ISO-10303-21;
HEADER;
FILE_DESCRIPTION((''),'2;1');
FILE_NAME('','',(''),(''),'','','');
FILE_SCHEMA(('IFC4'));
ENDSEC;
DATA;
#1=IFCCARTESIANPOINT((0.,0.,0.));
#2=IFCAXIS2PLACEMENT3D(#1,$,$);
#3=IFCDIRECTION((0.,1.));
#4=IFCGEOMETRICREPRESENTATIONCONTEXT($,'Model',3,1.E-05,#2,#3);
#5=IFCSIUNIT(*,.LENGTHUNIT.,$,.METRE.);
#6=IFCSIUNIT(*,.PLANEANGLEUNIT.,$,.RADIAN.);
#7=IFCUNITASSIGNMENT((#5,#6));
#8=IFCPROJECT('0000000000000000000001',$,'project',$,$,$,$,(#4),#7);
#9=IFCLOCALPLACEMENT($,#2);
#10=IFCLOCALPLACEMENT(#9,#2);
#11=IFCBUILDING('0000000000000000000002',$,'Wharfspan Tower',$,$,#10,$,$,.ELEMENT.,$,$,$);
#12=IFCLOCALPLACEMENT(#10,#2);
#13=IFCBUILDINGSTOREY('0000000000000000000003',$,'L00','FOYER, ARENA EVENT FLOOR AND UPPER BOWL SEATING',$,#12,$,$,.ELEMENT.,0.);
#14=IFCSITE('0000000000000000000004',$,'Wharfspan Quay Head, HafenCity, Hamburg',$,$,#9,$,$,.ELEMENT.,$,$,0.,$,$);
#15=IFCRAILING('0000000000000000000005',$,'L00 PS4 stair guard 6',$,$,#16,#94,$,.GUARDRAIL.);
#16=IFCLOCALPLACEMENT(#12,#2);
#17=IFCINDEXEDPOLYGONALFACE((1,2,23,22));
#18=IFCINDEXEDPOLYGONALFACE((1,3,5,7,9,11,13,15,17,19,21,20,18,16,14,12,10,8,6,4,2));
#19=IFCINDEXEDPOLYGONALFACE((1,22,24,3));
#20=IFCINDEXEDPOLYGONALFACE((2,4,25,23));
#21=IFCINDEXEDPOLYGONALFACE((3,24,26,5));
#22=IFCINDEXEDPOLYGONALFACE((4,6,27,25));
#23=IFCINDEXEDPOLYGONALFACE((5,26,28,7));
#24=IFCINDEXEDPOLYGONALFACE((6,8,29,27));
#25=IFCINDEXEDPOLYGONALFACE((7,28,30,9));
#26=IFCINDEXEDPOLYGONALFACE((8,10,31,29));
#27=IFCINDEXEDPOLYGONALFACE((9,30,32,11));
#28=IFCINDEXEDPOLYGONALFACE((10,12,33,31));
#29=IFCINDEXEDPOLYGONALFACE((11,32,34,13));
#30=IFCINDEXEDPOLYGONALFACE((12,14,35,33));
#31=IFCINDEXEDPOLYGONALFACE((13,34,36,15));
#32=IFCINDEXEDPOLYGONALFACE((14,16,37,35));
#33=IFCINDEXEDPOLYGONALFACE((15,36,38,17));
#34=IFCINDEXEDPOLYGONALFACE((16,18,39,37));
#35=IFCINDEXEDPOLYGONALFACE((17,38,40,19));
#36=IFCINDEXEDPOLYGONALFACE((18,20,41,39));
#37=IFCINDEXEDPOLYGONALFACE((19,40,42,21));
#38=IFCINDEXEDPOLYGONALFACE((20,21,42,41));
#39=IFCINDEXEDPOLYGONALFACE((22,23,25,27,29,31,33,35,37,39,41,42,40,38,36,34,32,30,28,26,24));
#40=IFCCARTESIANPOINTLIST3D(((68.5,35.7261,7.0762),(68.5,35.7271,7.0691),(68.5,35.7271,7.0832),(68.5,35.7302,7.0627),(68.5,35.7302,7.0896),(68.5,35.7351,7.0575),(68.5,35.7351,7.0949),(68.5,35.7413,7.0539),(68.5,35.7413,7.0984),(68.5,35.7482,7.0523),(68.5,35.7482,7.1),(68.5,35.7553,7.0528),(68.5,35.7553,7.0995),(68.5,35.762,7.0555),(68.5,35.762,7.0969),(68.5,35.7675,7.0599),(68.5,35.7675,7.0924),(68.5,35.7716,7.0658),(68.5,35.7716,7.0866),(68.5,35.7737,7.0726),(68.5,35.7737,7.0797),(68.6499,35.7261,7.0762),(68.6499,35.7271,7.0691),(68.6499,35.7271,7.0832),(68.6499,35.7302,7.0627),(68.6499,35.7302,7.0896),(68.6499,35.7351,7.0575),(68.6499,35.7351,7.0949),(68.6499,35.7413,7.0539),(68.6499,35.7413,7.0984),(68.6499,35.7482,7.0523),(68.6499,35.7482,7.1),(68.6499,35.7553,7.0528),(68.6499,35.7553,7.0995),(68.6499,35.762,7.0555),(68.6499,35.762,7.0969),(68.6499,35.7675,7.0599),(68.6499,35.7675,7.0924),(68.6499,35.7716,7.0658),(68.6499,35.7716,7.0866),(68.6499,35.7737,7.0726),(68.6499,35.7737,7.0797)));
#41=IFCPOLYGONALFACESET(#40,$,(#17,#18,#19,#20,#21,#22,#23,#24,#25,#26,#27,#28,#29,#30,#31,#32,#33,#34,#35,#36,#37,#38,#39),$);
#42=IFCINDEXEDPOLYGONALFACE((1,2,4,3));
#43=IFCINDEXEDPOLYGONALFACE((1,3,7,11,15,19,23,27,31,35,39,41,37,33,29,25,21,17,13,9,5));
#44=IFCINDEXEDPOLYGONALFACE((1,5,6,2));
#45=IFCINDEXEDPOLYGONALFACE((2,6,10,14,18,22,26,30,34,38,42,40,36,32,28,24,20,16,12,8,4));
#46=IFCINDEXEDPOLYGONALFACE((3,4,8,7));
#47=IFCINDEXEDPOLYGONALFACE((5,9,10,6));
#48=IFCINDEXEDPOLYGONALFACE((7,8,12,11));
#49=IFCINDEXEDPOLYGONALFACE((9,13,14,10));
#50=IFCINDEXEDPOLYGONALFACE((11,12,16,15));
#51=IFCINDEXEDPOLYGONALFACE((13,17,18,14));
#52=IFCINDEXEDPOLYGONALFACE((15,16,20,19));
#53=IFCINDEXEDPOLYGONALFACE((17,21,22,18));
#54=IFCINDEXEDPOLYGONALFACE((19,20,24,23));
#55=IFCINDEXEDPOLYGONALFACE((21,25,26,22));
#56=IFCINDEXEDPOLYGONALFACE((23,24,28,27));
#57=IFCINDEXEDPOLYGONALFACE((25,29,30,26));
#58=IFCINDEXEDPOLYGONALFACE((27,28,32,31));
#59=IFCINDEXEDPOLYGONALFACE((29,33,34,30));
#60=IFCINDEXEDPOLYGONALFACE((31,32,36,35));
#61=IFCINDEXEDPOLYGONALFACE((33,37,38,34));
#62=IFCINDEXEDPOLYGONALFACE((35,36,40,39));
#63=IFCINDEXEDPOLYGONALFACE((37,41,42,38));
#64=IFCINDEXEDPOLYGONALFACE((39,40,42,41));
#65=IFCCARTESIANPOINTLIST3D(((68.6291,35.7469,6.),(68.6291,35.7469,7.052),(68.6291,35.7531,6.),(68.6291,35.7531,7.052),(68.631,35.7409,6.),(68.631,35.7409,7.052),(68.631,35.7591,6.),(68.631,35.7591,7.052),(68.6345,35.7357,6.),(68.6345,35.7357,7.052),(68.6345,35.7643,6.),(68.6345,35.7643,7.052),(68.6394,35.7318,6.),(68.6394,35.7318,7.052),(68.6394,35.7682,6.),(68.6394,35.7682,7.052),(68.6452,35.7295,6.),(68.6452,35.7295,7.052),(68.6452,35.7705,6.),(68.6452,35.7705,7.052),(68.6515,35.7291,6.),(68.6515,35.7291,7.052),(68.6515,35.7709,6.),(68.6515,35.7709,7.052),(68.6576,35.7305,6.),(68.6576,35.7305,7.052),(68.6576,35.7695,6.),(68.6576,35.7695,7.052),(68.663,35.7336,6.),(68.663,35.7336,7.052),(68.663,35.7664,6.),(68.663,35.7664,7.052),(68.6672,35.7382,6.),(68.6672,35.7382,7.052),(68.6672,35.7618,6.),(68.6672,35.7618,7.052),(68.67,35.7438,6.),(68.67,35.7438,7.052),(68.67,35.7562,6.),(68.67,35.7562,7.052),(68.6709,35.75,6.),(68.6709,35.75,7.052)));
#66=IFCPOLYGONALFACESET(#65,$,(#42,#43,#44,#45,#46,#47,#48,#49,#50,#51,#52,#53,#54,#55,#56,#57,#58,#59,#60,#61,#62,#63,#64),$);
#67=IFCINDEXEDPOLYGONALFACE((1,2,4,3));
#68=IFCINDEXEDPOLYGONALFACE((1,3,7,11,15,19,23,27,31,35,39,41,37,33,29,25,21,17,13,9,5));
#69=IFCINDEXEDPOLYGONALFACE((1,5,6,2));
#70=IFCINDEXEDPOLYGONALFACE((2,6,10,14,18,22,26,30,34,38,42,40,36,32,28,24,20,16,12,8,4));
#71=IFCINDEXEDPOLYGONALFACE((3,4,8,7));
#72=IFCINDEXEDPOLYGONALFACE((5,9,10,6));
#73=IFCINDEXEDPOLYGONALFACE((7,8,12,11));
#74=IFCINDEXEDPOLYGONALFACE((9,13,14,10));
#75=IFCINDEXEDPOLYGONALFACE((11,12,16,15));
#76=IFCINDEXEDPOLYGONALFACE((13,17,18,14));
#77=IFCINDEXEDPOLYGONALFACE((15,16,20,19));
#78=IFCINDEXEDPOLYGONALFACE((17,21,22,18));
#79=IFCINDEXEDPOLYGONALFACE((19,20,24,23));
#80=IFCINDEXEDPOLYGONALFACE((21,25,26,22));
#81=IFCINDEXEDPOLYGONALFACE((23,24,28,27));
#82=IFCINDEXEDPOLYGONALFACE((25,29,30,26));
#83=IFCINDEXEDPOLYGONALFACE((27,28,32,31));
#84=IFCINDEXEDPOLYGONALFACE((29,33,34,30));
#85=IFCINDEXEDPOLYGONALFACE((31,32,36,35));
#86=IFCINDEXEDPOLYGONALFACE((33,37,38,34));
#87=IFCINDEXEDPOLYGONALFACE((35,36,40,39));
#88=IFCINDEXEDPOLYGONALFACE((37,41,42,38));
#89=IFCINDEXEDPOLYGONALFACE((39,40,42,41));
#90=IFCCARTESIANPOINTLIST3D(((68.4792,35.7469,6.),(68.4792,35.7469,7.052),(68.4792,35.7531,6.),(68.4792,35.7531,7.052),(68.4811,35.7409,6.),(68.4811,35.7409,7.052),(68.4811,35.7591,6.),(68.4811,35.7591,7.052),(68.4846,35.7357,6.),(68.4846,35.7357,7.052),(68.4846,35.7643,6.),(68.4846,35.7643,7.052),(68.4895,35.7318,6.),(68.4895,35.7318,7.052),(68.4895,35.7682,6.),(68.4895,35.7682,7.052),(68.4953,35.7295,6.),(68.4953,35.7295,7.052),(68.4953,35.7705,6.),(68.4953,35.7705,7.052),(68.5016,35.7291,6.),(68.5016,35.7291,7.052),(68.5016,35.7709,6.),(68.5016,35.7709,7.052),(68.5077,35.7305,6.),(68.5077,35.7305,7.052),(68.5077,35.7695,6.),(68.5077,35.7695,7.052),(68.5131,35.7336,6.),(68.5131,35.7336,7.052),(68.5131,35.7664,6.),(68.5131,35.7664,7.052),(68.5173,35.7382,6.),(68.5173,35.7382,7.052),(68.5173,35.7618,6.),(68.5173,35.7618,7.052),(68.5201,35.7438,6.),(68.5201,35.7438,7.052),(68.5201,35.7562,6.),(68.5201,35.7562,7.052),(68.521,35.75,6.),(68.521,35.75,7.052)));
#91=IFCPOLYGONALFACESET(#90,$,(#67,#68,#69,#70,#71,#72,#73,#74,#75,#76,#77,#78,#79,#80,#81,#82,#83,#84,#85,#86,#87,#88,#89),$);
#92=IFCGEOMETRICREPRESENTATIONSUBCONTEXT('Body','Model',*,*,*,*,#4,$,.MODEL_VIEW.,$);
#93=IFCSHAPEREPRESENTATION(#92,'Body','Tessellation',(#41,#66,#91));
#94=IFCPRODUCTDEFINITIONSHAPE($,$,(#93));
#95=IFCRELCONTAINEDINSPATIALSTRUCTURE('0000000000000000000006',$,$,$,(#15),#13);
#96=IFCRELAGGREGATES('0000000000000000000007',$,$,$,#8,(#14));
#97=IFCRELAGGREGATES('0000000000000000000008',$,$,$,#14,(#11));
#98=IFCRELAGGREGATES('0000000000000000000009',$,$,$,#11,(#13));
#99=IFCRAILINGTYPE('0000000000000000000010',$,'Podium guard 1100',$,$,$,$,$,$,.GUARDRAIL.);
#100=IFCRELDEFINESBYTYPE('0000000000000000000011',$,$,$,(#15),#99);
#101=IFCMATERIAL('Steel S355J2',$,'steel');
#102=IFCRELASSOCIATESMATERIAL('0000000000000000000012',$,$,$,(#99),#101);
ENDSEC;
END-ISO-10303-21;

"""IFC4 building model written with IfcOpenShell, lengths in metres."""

from ifc_helpers import new_model, si_unit, direction, frame, origin, origin_2d, place, context, subcontext, project, spatial, circle, extrude, material, type_object, element, save


model = new_model("IFC4")

# Units and contexts
model_context = context("Model", 3, precision=1e-05, world=origin(), true_north=direction((0.0, 1.0)))
body_context = subcontext(model_context, "Body", "Model", "MODEL_VIEW")
ifc_project = project(units=[si_unit("LENGTHUNIT", "METRE"), si_unit("PLANEANGLEUNIT", "RADIAN")], contexts=[model_context])

# Site, building, storey
site_placement = place(None, origin())
site = spatial("IfcSite", under=ifc_project, at=site_placement, Name="Wharfspan Quay Head, HafenCity, Hamburg", CompositionType="ELEMENT", RefElevation=0.0)
building_placement = place(site_placement, origin())
building = spatial("IfcBuilding", under=site, at=building_placement, Name="Wharfspan Tower", CompositionType="ELEMENT")
storey_placement = place(building_placement, origin())
storey = spatial("IfcBuildingStorey", under=building, at=storey_placement, Name="L00", Description="FOYER, ARENA EVENT FLOOR AND UPPER BOWL SEATING", CompositionType="ELEMENT", Elevation=0.0)

# Shared definitions
ifc_material_1 = material(Name="Steel S355J2", Category="steel")

# Railing
railing_type = type_object("IfcRailingType", Name="Podium guard 1100", PredefinedType="GUARDRAIL", material=ifc_material_1)
railing_1_placement = place(storey_placement, frame((68.6499, 35.75, 6.0)))
element("IfcRailing", 1, at=railing_1_placement, inside=storey, type_object=railing_type, Name="L00 PS4 stair guard 6", PredefinedType="GUARDRAIL", context=body_context, shape_type="SweptSolid", body=[
    extrude(circle(Radius=0.0239, at=origin_2d()), frame((0.0, 0.0, 1.0762), z_axis=(-1.0, 0.0, 0.0), x_axis=(0.0, -1.0, 0.0)), (0.0, 0.0, 1.0), 0.1499),
    extrude(circle(Radius=0.021, at=origin_2d()), origin(), (0.0, 0.0, 1.0), 1.052),
    extrude(circle(Radius=0.021, at=origin_2d()), frame((-0.1499, 0.0, 0.0)), (0.0, 0.0, 1.0), 1.052),
])

save(model, "model.ifc")
